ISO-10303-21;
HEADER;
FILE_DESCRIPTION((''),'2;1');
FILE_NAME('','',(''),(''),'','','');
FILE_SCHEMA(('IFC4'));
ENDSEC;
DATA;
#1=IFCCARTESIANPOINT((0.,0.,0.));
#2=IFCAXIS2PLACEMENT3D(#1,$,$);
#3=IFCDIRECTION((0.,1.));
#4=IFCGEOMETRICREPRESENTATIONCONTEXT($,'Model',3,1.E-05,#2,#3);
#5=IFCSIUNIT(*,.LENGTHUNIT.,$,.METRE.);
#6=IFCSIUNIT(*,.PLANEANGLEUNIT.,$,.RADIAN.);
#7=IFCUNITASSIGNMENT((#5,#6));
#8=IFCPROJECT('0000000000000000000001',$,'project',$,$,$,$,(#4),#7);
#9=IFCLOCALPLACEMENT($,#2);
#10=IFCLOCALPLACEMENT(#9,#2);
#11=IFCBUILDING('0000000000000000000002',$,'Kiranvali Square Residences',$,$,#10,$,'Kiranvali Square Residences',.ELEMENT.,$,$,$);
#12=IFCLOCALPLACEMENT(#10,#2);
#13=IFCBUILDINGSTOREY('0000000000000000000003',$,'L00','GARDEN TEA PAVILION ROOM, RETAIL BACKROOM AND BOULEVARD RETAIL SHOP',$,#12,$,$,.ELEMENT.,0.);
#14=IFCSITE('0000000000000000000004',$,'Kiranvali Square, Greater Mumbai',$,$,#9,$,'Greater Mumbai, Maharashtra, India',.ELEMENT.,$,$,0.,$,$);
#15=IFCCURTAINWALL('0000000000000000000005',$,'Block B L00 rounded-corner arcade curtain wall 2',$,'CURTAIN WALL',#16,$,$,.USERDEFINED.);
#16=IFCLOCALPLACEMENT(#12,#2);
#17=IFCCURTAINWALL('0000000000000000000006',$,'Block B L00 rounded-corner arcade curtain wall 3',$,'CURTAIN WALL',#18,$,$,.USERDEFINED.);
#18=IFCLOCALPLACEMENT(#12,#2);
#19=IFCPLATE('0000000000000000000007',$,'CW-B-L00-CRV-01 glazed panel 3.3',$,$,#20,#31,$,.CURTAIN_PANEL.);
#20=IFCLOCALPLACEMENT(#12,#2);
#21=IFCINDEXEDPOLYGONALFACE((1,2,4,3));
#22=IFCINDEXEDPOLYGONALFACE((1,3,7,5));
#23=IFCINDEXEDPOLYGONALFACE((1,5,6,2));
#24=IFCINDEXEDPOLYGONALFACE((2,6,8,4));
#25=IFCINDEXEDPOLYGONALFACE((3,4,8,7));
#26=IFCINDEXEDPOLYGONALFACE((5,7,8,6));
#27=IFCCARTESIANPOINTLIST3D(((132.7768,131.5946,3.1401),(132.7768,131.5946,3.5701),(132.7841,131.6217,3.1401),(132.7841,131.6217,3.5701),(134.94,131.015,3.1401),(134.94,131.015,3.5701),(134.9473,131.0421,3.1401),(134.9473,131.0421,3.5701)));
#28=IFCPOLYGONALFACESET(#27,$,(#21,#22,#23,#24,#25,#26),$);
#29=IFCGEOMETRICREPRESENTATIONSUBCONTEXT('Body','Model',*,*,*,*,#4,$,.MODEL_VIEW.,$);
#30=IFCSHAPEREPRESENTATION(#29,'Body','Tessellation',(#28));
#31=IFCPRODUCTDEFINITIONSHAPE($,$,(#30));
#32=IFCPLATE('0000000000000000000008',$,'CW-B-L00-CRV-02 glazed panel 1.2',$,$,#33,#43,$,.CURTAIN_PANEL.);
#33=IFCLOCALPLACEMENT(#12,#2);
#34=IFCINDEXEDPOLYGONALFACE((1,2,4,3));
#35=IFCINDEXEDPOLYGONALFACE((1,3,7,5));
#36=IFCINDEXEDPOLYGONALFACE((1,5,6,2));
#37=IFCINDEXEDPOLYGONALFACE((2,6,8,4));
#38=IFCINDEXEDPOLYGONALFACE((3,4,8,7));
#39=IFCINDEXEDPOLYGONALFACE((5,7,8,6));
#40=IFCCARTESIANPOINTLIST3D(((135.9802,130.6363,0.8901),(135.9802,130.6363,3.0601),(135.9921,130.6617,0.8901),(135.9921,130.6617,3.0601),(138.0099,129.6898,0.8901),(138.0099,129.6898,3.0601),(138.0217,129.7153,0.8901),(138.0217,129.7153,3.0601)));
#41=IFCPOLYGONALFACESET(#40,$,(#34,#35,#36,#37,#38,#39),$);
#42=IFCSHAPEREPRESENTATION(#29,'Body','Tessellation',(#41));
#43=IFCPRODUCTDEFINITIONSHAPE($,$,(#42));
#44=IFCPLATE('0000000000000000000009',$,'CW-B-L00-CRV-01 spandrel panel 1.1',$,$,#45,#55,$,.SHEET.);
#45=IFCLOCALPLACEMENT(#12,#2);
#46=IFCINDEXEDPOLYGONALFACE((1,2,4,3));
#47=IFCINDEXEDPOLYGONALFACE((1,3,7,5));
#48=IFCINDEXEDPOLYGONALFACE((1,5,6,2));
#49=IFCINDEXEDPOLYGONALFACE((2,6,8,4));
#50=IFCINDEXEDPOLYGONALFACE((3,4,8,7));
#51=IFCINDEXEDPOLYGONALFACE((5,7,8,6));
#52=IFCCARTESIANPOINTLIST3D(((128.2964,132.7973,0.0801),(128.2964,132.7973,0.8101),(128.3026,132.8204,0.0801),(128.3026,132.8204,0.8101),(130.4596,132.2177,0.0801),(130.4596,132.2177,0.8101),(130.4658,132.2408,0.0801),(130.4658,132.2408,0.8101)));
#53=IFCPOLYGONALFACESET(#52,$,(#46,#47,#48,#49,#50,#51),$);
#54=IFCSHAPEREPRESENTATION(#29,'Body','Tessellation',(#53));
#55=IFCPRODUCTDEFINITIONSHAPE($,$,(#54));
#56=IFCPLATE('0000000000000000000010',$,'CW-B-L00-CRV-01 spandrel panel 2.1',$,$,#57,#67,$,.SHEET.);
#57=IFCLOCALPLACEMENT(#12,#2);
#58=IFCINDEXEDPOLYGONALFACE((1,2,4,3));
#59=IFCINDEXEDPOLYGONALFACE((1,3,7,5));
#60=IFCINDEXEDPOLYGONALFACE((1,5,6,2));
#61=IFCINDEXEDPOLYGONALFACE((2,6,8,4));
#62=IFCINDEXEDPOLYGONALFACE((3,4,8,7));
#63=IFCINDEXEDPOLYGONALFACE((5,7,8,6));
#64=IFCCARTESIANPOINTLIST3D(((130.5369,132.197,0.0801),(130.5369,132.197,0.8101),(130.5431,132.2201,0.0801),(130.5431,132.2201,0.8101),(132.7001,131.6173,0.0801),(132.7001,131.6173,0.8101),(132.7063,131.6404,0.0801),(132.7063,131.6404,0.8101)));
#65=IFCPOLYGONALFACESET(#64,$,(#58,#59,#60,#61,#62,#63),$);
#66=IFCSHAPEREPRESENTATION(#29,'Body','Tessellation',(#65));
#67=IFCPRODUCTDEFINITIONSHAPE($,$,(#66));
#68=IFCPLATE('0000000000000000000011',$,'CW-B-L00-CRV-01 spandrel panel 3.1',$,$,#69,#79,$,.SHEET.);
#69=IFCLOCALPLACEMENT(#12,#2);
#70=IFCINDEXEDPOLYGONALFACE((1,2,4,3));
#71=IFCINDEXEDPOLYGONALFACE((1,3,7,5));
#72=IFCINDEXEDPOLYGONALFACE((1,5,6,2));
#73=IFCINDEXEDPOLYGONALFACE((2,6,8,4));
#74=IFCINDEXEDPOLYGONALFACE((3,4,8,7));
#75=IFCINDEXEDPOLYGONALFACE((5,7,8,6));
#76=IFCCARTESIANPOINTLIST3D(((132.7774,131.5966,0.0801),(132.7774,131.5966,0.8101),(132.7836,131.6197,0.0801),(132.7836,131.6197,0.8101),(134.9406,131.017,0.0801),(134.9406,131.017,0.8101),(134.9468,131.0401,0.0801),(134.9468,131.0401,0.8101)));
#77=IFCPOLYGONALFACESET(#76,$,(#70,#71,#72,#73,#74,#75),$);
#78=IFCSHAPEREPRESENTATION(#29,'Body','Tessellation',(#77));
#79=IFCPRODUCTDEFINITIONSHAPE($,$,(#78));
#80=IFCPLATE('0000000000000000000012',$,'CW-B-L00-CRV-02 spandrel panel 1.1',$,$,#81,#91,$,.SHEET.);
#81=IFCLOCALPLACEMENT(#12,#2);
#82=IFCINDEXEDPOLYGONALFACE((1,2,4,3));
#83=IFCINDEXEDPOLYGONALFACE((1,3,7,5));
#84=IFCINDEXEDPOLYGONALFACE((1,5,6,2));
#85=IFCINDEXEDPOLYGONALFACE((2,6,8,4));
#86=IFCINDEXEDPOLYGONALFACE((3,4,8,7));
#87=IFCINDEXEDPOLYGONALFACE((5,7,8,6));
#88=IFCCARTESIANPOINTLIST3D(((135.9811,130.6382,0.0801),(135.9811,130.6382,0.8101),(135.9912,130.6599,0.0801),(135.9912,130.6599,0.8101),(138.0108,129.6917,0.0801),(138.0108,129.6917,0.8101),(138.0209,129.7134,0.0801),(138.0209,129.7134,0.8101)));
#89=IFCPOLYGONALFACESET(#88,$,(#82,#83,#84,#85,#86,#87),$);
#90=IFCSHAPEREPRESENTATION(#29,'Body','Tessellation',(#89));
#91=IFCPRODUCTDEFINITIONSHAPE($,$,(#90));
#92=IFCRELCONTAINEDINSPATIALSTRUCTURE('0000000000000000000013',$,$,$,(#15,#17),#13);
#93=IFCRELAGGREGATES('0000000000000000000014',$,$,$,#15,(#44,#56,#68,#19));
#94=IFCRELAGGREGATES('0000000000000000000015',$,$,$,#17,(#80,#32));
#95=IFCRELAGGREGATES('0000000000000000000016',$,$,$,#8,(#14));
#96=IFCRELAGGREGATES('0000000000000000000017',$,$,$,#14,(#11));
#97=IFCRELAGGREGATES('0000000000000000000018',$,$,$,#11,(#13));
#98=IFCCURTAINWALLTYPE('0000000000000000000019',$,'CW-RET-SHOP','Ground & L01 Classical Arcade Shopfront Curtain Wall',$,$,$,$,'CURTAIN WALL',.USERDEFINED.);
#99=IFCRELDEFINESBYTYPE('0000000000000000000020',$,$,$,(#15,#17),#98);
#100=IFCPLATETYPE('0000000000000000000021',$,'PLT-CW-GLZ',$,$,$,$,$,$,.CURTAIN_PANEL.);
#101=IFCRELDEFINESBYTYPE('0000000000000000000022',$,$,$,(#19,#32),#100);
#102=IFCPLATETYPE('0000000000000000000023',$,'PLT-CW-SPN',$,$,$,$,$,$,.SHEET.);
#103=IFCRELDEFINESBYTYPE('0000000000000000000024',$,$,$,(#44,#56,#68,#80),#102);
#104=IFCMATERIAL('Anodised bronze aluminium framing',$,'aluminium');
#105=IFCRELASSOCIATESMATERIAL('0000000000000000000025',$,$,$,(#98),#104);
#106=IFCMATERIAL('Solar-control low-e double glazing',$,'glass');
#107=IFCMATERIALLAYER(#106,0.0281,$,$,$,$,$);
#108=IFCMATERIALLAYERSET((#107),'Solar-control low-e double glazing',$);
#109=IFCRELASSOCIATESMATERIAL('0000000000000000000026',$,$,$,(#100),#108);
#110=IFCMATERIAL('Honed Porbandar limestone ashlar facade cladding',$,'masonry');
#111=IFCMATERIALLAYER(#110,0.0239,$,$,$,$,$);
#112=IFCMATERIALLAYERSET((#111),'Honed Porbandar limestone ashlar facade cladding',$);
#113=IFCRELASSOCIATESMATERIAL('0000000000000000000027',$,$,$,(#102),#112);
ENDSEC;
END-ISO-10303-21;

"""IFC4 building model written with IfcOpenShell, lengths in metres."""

from ifc_helpers import new_model, si_unit, direction, frame, origin, origin_2d, place, context, subcontext, project, spatial, rectangle, extrude, material, layer, layer_set, type_object, element, aggregate, save


model = new_model("IFC4")

# Units and contexts
model_context = context("Model", 3, precision=1e-05, world=origin(), true_north=direction((0.0, 1.0)))
body_context = subcontext(model_context, "Body", "Model", "MODEL_VIEW")
ifc_project = project(units=[si_unit("LENGTHUNIT", "METRE"), si_unit("PLANEANGLEUNIT", "RADIAN")], contexts=[model_context])

# Site, building, storey
site_placement = place(None, origin())
site = spatial("IfcSite", under=ifc_project, at=site_placement, Name="Kiranvali Square, Greater Mumbai", LongName="Greater Mumbai, Maharashtra, India", CompositionType="ELEMENT", RefElevation=0.0)
building_placement = place(site_placement, origin())
building = spatial("IfcBuilding", under=site, at=building_placement, Name="Kiranvali Square Residences", LongName="Kiranvali Square Residences", CompositionType="ELEMENT")
storey_placement = place(building_placement, origin())
storey = spatial("IfcBuildingStorey", under=building, at=storey_placement, Name="L00", Description="GARDEN TEA PAVILION ROOM, RETAIL BACKROOM AND BOULEVARD RETAIL SHOP", CompositionType="ELEMENT", Elevation=0.0)

# Curtain wall
ifc_material_1 = material(Name="Anodised bronze aluminium framing", Category="aluminium")
curtain_wall_type = type_object("IfcCurtainWallType", Name="CW-RET-SHOP", Description="Ground & L01 Classical Arcade Shopfront Curtain Wall", ElementType="CURTAIN WALL", PredefinedType="USERDEFINED", material=ifc_material_1)
curtain_wall_1_placement = place(storey_placement, origin())
curtain_wall_1 = element("IfcCurtainWall", 1, at=curtain_wall_1_placement, inside=storey, type_object=curtain_wall_type, Name="Block B L00 rounded-corner arcade curtain wall 2", ObjectType="CURTAIN WALL", PredefinedType="USERDEFINED")

# Curtain wall
curtain_wall_2_placement = place(storey_placement, origin())
curtain_wall_2 = element("IfcCurtainWall", 2, at=curtain_wall_2_placement, inside=storey, type_object=curtain_wall_type, Name="Block B L00 rounded-corner arcade curtain wall 3", ObjectType="CURTAIN WALL", PredefinedType="USERDEFINED")

# Plates
ifc_material_2 = material(Name="Solar-control low-e double glazing", Category="glass")
ifc_layer_1 = layer(ifc_material_2, 0.0281)
ifc_layer_set_1 = layer_set([ifc_layer_1], Name="Solar-control low-e double glazing")
plate_type_1 = type_object("IfcPlateType", Name="PLT-CW-GLZ", PredefinedType="CURTAIN_PANEL", material=ifc_layer_set_1)
plate_1_placement = place(storey_placement, frame((133.8621, 131.3184, 3.1401), z_axis=(0.0, 0.0, 1.0), x_axis=(0.965926, -0.258819, 0.0)))
plate_1 = element("IfcPlate", 3, at=plate_1_placement, type_object=plate_type_1, Name="CW-B-L00-CRV-01 glazed panel 3.3", PredefinedType="CURTAIN_PANEL", context=body_context, shape_type="SweptSolid", body=[
    extrude(rectangle(XDim=2.2395, YDim=0.0281, at=origin_2d()), origin(), (0.0, 0.0, 1.0), 0.4299),
])
plate_2_placement = place(storey_placement, frame((137.001, 130.1758, 0.8901), z_axis=(0.0, 0.0, 1.0), x_axis=(0.906308, -0.422618, 0.0)))
plate_2 = element("IfcPlate", 4, at=plate_2_placement, type_object=plate_type_1, Name="CW-B-L00-CRV-02 glazed panel 1.2", PredefinedType="CURTAIN_PANEL", context=body_context, shape_type="SweptSolid", body=[
    extrude(rectangle(XDim=2.2395, YDim=0.0281, at=origin_2d()), origin(), (0.0, 0.0, 1.0), 2.1699),
])
ifc_material_3 = material(Name="Honed Porbandar limestone ashlar facade cladding", Category="masonry")
ifc_layer_2 = layer(ifc_material_3, 0.0239)
ifc_layer_set_2 = layer_set([ifc_layer_2], Name="Honed Porbandar limestone ashlar facade cladding")
plate_type_2 = type_object("IfcPlateType", Name="PLT-CW-SPN", PredefinedType="SHEET", material=ifc_layer_set_2)
plate_3_placement = place(storey_placement, frame((129.3811, 132.519, 0.0801), z_axis=(0.0, 0.0, 1.0), x_axis=(0.965926, -0.258819, 0.0)))
plate_3 = element("IfcPlate", 5, at=plate_3_placement, type_object=plate_type_2, Name="CW-B-L00-CRV-01 spandrel panel 1.1", PredefinedType="SHEET", context=body_context, shape_type="SweptSolid", body=[
    extrude(rectangle(XDim=2.2395, YDim=0.0239, at=origin_2d()), origin(), (0.0, 0.0, 1.0), 0.73),
])
plate_4_placement = place(storey_placement, frame((131.6216, 131.9187, 0.0801), z_axis=(0.0, 0.0, 1.0), x_axis=(0.965926, -0.258819, 0.0)))
plate_4 = element("IfcPlate", 6, at=plate_4_placement, type_object=plate_type_2, Name="CW-B-L00-CRV-01 spandrel panel 2.1", PredefinedType="SHEET", context=body_context, shape_type="SweptSolid", body=[
    extrude(rectangle(XDim=2.2395, YDim=0.0239, at=origin_2d()), origin(), (0.0, 0.0, 1.0), 0.73),
])
plate_5_placement = place(storey_placement, frame((133.8621, 131.3184, 0.0801), z_axis=(0.0, 0.0, 1.0), x_axis=(0.965926, -0.258819, 0.0)))
plate_5 = element("IfcPlate", 7, at=plate_5_placement, type_object=plate_type_2, Name="CW-B-L00-CRV-01 spandrel panel 3.1", PredefinedType="SHEET", context=body_context, shape_type="SweptSolid", body=[
    extrude(rectangle(XDim=2.2395, YDim=0.0239, at=origin_2d()), origin(), (0.0, 0.0, 1.0), 0.73),
])
aggregate(curtain_wall_1, [plate_3, plate_4, plate_5, plate_1])
plate_6_placement = place(storey_placement, frame((137.001, 130.1758, 0.0801), z_axis=(0.0, 0.0, 1.0), x_axis=(0.906308, -0.422618, 0.0)))
plate_6 = element("IfcPlate", 8, at=plate_6_placement, type_object=plate_type_2, Name="CW-B-L00-CRV-02 spandrel panel 1.1", PredefinedType="SHEET", context=body_context, shape_type="SweptSolid", body=[
    extrude(rectangle(XDim=2.2395, YDim=0.0239, at=origin_2d()), origin(), (0.0, 0.0, 1.0), 0.73),
])
aggregate(curtain_wall_2, [plate_6, plate_2])

save(model, "model.ifc")
